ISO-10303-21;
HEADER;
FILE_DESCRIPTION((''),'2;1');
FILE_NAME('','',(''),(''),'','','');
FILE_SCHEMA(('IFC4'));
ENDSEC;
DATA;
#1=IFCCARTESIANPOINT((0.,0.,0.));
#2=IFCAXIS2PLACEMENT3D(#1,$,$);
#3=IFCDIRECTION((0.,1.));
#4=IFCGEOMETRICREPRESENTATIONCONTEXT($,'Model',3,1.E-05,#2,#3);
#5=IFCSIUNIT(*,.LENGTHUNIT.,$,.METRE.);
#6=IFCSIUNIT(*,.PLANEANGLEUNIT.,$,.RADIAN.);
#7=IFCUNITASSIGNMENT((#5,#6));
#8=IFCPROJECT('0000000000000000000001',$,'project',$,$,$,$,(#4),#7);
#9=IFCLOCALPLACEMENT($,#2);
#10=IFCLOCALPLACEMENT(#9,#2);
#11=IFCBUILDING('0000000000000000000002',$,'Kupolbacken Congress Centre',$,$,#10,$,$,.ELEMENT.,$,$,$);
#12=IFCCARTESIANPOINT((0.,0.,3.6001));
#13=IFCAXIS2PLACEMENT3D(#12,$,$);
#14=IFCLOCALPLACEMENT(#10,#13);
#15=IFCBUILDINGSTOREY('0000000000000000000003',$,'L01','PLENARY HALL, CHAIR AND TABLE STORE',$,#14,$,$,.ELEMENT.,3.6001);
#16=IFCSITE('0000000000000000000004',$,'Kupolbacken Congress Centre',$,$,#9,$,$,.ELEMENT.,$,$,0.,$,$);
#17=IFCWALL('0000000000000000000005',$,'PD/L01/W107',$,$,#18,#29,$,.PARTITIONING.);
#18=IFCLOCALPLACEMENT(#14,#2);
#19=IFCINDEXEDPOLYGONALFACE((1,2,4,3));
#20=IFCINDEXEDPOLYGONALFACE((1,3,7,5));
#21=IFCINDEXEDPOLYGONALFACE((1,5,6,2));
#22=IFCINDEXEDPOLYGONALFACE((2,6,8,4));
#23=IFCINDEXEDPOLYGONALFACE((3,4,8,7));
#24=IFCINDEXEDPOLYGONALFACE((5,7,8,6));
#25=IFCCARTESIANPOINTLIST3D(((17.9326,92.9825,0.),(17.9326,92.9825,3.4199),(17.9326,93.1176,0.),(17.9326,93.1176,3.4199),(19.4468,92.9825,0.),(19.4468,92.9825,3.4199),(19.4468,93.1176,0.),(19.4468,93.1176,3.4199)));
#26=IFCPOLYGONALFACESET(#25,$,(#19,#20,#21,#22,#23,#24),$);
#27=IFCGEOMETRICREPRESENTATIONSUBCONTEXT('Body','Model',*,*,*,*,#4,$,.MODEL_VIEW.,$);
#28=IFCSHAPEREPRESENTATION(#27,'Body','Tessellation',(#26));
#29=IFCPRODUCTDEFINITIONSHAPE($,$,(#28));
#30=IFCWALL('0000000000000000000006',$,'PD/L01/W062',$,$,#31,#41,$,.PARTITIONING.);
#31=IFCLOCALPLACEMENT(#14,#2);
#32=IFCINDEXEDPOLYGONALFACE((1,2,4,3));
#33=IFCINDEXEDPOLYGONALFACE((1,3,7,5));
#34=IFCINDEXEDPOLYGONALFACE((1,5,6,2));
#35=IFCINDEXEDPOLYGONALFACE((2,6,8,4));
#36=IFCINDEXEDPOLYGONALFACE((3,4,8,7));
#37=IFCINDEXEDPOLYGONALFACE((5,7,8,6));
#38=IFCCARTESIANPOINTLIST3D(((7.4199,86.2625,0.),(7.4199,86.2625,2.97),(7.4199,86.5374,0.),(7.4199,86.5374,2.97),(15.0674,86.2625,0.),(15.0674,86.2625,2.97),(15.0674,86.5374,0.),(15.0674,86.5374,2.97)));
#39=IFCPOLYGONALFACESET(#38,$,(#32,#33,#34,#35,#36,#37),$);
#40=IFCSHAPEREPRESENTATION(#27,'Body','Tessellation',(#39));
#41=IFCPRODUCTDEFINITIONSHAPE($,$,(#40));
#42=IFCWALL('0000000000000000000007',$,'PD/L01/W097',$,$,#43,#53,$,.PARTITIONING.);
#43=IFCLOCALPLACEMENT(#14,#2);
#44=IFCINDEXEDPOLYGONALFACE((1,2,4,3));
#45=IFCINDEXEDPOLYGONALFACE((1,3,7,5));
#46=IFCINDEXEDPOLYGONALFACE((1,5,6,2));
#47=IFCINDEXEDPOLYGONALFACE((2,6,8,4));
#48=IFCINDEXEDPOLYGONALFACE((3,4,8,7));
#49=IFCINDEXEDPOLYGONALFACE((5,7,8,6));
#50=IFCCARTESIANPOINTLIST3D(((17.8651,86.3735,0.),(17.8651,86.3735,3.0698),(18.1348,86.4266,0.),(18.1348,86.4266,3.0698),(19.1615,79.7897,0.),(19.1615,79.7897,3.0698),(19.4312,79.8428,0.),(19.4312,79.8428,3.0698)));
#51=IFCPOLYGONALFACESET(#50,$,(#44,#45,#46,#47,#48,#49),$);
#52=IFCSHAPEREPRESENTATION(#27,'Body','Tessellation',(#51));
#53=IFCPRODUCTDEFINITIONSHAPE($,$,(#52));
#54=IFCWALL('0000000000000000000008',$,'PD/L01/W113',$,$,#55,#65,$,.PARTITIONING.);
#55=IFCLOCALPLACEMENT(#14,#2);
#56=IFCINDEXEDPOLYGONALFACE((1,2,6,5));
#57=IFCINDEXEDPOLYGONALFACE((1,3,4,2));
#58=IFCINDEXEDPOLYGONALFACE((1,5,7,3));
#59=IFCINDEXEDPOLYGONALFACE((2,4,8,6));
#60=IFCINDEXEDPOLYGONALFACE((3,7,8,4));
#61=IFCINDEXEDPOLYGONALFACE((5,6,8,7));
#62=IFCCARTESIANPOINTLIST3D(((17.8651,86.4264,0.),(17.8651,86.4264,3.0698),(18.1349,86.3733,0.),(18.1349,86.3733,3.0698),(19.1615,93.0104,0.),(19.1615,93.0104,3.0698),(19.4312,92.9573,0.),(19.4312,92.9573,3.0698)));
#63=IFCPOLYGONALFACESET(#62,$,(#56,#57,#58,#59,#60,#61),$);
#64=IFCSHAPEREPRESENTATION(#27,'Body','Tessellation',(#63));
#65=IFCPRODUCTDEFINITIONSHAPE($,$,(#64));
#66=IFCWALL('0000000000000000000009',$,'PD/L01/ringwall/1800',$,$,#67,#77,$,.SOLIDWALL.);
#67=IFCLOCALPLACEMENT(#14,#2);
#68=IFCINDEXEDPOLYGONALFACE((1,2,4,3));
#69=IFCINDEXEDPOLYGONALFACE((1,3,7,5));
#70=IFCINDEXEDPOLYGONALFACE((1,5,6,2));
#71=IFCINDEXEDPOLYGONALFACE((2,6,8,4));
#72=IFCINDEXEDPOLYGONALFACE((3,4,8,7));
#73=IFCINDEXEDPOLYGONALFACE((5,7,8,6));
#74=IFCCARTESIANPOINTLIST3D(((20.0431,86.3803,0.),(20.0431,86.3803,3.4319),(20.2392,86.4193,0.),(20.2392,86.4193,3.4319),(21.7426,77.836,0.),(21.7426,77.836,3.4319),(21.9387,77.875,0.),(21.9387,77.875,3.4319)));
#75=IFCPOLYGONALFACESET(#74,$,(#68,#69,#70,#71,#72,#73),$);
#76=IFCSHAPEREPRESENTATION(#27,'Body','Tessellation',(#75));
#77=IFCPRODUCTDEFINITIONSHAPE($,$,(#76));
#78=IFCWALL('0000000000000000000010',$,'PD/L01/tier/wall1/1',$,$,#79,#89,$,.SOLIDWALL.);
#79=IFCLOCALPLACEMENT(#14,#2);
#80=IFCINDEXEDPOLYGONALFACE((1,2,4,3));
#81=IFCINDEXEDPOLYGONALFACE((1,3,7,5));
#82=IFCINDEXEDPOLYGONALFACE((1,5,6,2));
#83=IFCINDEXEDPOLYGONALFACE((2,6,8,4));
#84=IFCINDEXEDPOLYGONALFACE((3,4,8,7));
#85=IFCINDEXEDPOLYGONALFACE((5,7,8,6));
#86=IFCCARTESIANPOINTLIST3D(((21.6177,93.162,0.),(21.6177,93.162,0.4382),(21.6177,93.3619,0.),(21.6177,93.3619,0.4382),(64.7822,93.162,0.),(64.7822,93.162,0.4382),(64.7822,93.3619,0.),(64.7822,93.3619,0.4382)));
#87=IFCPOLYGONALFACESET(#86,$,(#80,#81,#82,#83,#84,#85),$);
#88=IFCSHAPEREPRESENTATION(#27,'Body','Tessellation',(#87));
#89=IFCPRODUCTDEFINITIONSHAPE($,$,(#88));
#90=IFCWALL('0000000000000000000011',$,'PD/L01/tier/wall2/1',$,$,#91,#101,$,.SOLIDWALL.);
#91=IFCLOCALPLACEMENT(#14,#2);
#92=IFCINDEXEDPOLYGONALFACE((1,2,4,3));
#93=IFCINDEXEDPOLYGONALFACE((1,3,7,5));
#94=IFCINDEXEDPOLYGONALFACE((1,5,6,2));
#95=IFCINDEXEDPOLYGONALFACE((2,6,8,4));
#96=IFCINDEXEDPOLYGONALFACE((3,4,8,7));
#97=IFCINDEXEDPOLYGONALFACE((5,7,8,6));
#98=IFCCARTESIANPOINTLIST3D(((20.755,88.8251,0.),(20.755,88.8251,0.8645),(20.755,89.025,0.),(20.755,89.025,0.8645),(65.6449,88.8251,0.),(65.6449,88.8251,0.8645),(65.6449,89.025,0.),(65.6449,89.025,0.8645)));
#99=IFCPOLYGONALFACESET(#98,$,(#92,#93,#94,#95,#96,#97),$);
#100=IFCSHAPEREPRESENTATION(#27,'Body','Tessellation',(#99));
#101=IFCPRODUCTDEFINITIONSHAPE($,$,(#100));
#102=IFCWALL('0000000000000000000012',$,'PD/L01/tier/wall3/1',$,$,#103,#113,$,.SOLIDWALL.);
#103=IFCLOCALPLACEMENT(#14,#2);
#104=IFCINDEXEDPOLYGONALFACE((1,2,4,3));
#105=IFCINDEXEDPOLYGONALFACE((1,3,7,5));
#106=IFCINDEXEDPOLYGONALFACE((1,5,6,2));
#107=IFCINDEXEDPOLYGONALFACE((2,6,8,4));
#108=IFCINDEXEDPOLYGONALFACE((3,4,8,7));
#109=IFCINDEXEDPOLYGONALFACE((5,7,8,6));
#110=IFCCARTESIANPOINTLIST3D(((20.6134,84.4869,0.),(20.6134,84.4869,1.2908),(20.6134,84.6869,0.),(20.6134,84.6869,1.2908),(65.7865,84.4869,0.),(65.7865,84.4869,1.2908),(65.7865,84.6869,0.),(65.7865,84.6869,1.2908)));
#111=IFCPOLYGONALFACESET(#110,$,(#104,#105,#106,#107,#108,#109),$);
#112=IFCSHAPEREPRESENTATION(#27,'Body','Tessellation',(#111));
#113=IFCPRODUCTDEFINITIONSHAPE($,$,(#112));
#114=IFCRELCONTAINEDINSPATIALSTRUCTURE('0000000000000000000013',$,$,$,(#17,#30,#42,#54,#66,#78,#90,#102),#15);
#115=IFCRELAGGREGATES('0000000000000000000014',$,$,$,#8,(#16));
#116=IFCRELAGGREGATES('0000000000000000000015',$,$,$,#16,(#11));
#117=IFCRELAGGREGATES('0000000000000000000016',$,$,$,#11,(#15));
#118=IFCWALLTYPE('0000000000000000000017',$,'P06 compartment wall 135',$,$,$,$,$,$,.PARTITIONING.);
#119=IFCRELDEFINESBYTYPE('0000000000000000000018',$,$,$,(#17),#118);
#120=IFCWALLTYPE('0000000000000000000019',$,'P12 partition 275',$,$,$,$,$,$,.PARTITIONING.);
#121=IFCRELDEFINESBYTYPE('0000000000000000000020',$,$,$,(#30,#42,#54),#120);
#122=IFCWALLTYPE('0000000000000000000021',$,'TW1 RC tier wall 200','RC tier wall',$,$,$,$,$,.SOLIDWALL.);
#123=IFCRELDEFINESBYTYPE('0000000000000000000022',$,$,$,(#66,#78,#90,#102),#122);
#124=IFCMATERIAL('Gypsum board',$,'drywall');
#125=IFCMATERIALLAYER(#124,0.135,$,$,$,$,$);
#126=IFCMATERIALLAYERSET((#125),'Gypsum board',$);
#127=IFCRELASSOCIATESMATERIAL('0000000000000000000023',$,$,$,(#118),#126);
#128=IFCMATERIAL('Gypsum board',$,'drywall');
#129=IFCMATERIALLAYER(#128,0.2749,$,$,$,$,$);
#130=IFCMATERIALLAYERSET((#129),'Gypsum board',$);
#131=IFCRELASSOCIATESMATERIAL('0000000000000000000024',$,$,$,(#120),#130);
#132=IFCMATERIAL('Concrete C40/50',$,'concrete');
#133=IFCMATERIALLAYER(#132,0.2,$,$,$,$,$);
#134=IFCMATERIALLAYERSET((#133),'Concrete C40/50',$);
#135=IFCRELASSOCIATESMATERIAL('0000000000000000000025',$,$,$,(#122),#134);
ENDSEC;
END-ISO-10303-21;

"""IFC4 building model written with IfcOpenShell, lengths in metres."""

from ifc_helpers import new_model, si_unit, direction, frame, frame_2d, origin, place, context, subcontext, project, spatial, rectangle, extrude, material, layer, layer_set, type_object, element, save


model = new_model("IFC4")

# Units and contexts
model_context = context("Model", 3, precision=1e-05, world=origin(), true_north=direction((0.0, 1.0)))
body_context = subcontext(model_context, "Body", "Model", "MODEL_VIEW")
ifc_project = project(units=[si_unit("LENGTHUNIT", "METRE"), si_unit("PLANEANGLEUNIT", "RADIAN")], contexts=[model_context])

# Site, building, storey
site_placement = place(None, origin())
site = spatial("IfcSite", under=ifc_project, at=site_placement, Name="Kupolbacken Congress Centre", CompositionType="ELEMENT", RefElevation=0.0)
building_placement = place(site_placement, origin())
building = spatial("IfcBuilding", under=site, at=building_placement, Name="Kupolbacken Congress Centre", CompositionType="ELEMENT")
storey_placement = place(building_placement, frame((0.0, 0.0, 3.6001)))
storey = spatial("IfcBuildingStorey", under=building, at=storey_placement, Name="L01", Description="PLENARY HALL, CHAIR AND TABLE STORE", CompositionType="ELEMENT", Elevation=3.6001)

# Shared definitions
ifc_material_1 = material(Name="Gypsum board", Category="drywall")
ifc_layer_1 = layer(ifc_material_1, 0.135)
ifc_layer_set_1 = layer_set([ifc_layer_1], Name="Gypsum board")
wall_type_1 = type_object("IfcWallType", Name="P06 compartment wall 135", PredefinedType="PARTITIONING", material=ifc_layer_set_1)

# Walls
wall_1_placement = place(storey_placement, frame((19.4468, 93.05, 0.0), z_axis=(0.0, 0.0, 1.0), x_axis=(-1.0, 0.0, 0.0)))
element("IfcWall", 1, at=wall_1_placement, inside=storey, type_object=wall_type_1, Name="PD/L01/W107", PredefinedType="PARTITIONING", context=body_context, shape_type="SweptSolid", body=[
    extrude(rectangle(XDim=1.5142, YDim=0.135, at=frame_2d((0.7571, 0.0))), origin(), (0.0, 0.0, 1.0), 3.4199),
])
ifc_material_2 = material(Name="Gypsum board", Category="drywall")
ifc_layer_2 = layer(ifc_material_2, 0.2749)
ifc_layer_set_2 = layer_set([ifc_layer_2], Name="Gypsum board")
wall_type_2 = type_object("IfcWallType", Name="P12 partition 275", PredefinedType="PARTITIONING", material=ifc_layer_set_2)
wall_2_placement = place(storey_placement, frame((7.4199, 86.3999, 0.0), z_axis=(0.0, 0.0, 1.0), x_axis=(1.0, 0.0, 0.0)))
element("IfcWall", 2, at=wall_2_placement, inside=storey, type_object=wall_type_2, Name="PD/L01/W062", PredefinedType="PARTITIONING", context=body_context, shape_type="SweptSolid", body=[
    extrude(rectangle(XDim=7.6475, YDim=0.2749, at=frame_2d((3.8237, 0.0))), origin(), (0.0, 0.0, 1.0), 2.97),
])
wall_3_placement = place(storey_placement, frame((18.0, 86.3999, 0.0), z_axis=(0.0, 0.0, 1.0), x_axis=(0.193198, -0.98116, 0.0)))
element("IfcWall", 3, at=wall_3_placement, inside=storey, type_object=wall_type_2, Name="PD/L01/W097", PredefinedType="PARTITIONING", context=body_context, shape_type="SweptSolid", body=[
    extrude(rectangle(XDim=6.7102, YDim=0.2749, at=frame_2d((3.355, 0.0))), origin(), (0.0, 0.0, 1.0), 3.0698),
])
wall_4_placement = place(storey_placement, frame((19.2964, 92.9839, 0.0), z_axis=(0.0, 0.0, 1.0), x_axis=(-0.193191, -0.981161, 0.0)))
element("IfcWall", 4, at=wall_4_placement, inside=storey, type_object=wall_type_2, Name="PD/L01/W113", PredefinedType="PARTITIONING", context=body_context, shape_type="SweptSolid", body=[
    extrude(rectangle(XDim=6.7104, YDim=0.2749, at=frame_2d((3.3552, 0.0))), origin(), (0.0, 0.0, 1.0), 3.0698),
])
ifc_material_3 = material(Name="Concrete C40/50", Category="concrete")
ifc_layer_3 = layer(ifc_material_3, 0.2)
ifc_layer_set_3 = layer_set([ifc_layer_3], Name="Concrete C40/50")
wall_type_3 = type_object("IfcWallType", Name="TW1 RC tier wall 200", Description="RC tier wall", PredefinedType="SOLIDWALL", material=ifc_layer_set_3)
wall_5_placement = place(storey_placement, frame((20.1411, 86.3999, 0.0), z_axis=(0.0, 0.0, 1.0), x_axis=(0.195081, -0.980787, 0.0)))
element("IfcWall", 5, at=wall_5_placement, inside=storey, type_object=wall_type_3, Name="PD/L01/ringwall/1800", PredefinedType="SOLIDWALL", context=body_context, shape_type="SweptSolid", body=[
    extrude(rectangle(XDim=8.7117, YDim=0.2, at=frame_2d((4.356, 0.0))), origin(), (0.0, 0.0, 1.0), 3.4319),
])
wall_6_placement = place(storey_placement, frame((21.6177, 93.262, 0.0), z_axis=(0.0, 0.0, 1.0), x_axis=(1.0, 0.0, 0.0)))
element("IfcWall", 6, at=wall_6_placement, inside=storey, type_object=wall_type_3, Name="PD/L01/tier/wall1/1", PredefinedType="SOLIDWALL", context=body_context, shape_type="SweptSolid", body=[
    extrude(rectangle(XDim=43.1646, YDim=0.2, at=frame_2d((21.5823, 0.0))), origin(), (0.0, 0.0, 1.0), 0.4382),
])
wall_7_placement = place(storey_placement, frame((20.7551, 88.925, 0.0), z_axis=(0.0, 0.0, 1.0), x_axis=(1.0, 0.0, 0.0)))
element("IfcWall", 7, at=wall_7_placement, inside=storey, type_object=wall_type_3, Name="PD/L01/tier/wall2/1", PredefinedType="SOLIDWALL", context=body_context, shape_type="SweptSolid", body=[
    extrude(rectangle(XDim=44.8899, YDim=0.2, at=frame_2d((22.4448, 0.0))), origin(), (0.0, 0.0, 1.0), 0.8645),
])
wall_8_placement = place(storey_placement, frame((20.6135, 84.5869, 0.0), z_axis=(0.0, 0.0, 1.0), x_axis=(1.0, 0.0, 0.0)))
element("IfcWall", 8, at=wall_8_placement, inside=storey, type_object=wall_type_3, Name="PD/L01/tier/wall3/1", PredefinedType="SOLIDWALL", context=body_context, shape_type="SweptSolid", body=[
    extrude(rectangle(XDim=45.1731, YDim=0.2, at=frame_2d((22.5864, 0.0))), origin(), (0.0, 0.0, 1.0), 1.2908),
])

save(model, "model.ifc")
